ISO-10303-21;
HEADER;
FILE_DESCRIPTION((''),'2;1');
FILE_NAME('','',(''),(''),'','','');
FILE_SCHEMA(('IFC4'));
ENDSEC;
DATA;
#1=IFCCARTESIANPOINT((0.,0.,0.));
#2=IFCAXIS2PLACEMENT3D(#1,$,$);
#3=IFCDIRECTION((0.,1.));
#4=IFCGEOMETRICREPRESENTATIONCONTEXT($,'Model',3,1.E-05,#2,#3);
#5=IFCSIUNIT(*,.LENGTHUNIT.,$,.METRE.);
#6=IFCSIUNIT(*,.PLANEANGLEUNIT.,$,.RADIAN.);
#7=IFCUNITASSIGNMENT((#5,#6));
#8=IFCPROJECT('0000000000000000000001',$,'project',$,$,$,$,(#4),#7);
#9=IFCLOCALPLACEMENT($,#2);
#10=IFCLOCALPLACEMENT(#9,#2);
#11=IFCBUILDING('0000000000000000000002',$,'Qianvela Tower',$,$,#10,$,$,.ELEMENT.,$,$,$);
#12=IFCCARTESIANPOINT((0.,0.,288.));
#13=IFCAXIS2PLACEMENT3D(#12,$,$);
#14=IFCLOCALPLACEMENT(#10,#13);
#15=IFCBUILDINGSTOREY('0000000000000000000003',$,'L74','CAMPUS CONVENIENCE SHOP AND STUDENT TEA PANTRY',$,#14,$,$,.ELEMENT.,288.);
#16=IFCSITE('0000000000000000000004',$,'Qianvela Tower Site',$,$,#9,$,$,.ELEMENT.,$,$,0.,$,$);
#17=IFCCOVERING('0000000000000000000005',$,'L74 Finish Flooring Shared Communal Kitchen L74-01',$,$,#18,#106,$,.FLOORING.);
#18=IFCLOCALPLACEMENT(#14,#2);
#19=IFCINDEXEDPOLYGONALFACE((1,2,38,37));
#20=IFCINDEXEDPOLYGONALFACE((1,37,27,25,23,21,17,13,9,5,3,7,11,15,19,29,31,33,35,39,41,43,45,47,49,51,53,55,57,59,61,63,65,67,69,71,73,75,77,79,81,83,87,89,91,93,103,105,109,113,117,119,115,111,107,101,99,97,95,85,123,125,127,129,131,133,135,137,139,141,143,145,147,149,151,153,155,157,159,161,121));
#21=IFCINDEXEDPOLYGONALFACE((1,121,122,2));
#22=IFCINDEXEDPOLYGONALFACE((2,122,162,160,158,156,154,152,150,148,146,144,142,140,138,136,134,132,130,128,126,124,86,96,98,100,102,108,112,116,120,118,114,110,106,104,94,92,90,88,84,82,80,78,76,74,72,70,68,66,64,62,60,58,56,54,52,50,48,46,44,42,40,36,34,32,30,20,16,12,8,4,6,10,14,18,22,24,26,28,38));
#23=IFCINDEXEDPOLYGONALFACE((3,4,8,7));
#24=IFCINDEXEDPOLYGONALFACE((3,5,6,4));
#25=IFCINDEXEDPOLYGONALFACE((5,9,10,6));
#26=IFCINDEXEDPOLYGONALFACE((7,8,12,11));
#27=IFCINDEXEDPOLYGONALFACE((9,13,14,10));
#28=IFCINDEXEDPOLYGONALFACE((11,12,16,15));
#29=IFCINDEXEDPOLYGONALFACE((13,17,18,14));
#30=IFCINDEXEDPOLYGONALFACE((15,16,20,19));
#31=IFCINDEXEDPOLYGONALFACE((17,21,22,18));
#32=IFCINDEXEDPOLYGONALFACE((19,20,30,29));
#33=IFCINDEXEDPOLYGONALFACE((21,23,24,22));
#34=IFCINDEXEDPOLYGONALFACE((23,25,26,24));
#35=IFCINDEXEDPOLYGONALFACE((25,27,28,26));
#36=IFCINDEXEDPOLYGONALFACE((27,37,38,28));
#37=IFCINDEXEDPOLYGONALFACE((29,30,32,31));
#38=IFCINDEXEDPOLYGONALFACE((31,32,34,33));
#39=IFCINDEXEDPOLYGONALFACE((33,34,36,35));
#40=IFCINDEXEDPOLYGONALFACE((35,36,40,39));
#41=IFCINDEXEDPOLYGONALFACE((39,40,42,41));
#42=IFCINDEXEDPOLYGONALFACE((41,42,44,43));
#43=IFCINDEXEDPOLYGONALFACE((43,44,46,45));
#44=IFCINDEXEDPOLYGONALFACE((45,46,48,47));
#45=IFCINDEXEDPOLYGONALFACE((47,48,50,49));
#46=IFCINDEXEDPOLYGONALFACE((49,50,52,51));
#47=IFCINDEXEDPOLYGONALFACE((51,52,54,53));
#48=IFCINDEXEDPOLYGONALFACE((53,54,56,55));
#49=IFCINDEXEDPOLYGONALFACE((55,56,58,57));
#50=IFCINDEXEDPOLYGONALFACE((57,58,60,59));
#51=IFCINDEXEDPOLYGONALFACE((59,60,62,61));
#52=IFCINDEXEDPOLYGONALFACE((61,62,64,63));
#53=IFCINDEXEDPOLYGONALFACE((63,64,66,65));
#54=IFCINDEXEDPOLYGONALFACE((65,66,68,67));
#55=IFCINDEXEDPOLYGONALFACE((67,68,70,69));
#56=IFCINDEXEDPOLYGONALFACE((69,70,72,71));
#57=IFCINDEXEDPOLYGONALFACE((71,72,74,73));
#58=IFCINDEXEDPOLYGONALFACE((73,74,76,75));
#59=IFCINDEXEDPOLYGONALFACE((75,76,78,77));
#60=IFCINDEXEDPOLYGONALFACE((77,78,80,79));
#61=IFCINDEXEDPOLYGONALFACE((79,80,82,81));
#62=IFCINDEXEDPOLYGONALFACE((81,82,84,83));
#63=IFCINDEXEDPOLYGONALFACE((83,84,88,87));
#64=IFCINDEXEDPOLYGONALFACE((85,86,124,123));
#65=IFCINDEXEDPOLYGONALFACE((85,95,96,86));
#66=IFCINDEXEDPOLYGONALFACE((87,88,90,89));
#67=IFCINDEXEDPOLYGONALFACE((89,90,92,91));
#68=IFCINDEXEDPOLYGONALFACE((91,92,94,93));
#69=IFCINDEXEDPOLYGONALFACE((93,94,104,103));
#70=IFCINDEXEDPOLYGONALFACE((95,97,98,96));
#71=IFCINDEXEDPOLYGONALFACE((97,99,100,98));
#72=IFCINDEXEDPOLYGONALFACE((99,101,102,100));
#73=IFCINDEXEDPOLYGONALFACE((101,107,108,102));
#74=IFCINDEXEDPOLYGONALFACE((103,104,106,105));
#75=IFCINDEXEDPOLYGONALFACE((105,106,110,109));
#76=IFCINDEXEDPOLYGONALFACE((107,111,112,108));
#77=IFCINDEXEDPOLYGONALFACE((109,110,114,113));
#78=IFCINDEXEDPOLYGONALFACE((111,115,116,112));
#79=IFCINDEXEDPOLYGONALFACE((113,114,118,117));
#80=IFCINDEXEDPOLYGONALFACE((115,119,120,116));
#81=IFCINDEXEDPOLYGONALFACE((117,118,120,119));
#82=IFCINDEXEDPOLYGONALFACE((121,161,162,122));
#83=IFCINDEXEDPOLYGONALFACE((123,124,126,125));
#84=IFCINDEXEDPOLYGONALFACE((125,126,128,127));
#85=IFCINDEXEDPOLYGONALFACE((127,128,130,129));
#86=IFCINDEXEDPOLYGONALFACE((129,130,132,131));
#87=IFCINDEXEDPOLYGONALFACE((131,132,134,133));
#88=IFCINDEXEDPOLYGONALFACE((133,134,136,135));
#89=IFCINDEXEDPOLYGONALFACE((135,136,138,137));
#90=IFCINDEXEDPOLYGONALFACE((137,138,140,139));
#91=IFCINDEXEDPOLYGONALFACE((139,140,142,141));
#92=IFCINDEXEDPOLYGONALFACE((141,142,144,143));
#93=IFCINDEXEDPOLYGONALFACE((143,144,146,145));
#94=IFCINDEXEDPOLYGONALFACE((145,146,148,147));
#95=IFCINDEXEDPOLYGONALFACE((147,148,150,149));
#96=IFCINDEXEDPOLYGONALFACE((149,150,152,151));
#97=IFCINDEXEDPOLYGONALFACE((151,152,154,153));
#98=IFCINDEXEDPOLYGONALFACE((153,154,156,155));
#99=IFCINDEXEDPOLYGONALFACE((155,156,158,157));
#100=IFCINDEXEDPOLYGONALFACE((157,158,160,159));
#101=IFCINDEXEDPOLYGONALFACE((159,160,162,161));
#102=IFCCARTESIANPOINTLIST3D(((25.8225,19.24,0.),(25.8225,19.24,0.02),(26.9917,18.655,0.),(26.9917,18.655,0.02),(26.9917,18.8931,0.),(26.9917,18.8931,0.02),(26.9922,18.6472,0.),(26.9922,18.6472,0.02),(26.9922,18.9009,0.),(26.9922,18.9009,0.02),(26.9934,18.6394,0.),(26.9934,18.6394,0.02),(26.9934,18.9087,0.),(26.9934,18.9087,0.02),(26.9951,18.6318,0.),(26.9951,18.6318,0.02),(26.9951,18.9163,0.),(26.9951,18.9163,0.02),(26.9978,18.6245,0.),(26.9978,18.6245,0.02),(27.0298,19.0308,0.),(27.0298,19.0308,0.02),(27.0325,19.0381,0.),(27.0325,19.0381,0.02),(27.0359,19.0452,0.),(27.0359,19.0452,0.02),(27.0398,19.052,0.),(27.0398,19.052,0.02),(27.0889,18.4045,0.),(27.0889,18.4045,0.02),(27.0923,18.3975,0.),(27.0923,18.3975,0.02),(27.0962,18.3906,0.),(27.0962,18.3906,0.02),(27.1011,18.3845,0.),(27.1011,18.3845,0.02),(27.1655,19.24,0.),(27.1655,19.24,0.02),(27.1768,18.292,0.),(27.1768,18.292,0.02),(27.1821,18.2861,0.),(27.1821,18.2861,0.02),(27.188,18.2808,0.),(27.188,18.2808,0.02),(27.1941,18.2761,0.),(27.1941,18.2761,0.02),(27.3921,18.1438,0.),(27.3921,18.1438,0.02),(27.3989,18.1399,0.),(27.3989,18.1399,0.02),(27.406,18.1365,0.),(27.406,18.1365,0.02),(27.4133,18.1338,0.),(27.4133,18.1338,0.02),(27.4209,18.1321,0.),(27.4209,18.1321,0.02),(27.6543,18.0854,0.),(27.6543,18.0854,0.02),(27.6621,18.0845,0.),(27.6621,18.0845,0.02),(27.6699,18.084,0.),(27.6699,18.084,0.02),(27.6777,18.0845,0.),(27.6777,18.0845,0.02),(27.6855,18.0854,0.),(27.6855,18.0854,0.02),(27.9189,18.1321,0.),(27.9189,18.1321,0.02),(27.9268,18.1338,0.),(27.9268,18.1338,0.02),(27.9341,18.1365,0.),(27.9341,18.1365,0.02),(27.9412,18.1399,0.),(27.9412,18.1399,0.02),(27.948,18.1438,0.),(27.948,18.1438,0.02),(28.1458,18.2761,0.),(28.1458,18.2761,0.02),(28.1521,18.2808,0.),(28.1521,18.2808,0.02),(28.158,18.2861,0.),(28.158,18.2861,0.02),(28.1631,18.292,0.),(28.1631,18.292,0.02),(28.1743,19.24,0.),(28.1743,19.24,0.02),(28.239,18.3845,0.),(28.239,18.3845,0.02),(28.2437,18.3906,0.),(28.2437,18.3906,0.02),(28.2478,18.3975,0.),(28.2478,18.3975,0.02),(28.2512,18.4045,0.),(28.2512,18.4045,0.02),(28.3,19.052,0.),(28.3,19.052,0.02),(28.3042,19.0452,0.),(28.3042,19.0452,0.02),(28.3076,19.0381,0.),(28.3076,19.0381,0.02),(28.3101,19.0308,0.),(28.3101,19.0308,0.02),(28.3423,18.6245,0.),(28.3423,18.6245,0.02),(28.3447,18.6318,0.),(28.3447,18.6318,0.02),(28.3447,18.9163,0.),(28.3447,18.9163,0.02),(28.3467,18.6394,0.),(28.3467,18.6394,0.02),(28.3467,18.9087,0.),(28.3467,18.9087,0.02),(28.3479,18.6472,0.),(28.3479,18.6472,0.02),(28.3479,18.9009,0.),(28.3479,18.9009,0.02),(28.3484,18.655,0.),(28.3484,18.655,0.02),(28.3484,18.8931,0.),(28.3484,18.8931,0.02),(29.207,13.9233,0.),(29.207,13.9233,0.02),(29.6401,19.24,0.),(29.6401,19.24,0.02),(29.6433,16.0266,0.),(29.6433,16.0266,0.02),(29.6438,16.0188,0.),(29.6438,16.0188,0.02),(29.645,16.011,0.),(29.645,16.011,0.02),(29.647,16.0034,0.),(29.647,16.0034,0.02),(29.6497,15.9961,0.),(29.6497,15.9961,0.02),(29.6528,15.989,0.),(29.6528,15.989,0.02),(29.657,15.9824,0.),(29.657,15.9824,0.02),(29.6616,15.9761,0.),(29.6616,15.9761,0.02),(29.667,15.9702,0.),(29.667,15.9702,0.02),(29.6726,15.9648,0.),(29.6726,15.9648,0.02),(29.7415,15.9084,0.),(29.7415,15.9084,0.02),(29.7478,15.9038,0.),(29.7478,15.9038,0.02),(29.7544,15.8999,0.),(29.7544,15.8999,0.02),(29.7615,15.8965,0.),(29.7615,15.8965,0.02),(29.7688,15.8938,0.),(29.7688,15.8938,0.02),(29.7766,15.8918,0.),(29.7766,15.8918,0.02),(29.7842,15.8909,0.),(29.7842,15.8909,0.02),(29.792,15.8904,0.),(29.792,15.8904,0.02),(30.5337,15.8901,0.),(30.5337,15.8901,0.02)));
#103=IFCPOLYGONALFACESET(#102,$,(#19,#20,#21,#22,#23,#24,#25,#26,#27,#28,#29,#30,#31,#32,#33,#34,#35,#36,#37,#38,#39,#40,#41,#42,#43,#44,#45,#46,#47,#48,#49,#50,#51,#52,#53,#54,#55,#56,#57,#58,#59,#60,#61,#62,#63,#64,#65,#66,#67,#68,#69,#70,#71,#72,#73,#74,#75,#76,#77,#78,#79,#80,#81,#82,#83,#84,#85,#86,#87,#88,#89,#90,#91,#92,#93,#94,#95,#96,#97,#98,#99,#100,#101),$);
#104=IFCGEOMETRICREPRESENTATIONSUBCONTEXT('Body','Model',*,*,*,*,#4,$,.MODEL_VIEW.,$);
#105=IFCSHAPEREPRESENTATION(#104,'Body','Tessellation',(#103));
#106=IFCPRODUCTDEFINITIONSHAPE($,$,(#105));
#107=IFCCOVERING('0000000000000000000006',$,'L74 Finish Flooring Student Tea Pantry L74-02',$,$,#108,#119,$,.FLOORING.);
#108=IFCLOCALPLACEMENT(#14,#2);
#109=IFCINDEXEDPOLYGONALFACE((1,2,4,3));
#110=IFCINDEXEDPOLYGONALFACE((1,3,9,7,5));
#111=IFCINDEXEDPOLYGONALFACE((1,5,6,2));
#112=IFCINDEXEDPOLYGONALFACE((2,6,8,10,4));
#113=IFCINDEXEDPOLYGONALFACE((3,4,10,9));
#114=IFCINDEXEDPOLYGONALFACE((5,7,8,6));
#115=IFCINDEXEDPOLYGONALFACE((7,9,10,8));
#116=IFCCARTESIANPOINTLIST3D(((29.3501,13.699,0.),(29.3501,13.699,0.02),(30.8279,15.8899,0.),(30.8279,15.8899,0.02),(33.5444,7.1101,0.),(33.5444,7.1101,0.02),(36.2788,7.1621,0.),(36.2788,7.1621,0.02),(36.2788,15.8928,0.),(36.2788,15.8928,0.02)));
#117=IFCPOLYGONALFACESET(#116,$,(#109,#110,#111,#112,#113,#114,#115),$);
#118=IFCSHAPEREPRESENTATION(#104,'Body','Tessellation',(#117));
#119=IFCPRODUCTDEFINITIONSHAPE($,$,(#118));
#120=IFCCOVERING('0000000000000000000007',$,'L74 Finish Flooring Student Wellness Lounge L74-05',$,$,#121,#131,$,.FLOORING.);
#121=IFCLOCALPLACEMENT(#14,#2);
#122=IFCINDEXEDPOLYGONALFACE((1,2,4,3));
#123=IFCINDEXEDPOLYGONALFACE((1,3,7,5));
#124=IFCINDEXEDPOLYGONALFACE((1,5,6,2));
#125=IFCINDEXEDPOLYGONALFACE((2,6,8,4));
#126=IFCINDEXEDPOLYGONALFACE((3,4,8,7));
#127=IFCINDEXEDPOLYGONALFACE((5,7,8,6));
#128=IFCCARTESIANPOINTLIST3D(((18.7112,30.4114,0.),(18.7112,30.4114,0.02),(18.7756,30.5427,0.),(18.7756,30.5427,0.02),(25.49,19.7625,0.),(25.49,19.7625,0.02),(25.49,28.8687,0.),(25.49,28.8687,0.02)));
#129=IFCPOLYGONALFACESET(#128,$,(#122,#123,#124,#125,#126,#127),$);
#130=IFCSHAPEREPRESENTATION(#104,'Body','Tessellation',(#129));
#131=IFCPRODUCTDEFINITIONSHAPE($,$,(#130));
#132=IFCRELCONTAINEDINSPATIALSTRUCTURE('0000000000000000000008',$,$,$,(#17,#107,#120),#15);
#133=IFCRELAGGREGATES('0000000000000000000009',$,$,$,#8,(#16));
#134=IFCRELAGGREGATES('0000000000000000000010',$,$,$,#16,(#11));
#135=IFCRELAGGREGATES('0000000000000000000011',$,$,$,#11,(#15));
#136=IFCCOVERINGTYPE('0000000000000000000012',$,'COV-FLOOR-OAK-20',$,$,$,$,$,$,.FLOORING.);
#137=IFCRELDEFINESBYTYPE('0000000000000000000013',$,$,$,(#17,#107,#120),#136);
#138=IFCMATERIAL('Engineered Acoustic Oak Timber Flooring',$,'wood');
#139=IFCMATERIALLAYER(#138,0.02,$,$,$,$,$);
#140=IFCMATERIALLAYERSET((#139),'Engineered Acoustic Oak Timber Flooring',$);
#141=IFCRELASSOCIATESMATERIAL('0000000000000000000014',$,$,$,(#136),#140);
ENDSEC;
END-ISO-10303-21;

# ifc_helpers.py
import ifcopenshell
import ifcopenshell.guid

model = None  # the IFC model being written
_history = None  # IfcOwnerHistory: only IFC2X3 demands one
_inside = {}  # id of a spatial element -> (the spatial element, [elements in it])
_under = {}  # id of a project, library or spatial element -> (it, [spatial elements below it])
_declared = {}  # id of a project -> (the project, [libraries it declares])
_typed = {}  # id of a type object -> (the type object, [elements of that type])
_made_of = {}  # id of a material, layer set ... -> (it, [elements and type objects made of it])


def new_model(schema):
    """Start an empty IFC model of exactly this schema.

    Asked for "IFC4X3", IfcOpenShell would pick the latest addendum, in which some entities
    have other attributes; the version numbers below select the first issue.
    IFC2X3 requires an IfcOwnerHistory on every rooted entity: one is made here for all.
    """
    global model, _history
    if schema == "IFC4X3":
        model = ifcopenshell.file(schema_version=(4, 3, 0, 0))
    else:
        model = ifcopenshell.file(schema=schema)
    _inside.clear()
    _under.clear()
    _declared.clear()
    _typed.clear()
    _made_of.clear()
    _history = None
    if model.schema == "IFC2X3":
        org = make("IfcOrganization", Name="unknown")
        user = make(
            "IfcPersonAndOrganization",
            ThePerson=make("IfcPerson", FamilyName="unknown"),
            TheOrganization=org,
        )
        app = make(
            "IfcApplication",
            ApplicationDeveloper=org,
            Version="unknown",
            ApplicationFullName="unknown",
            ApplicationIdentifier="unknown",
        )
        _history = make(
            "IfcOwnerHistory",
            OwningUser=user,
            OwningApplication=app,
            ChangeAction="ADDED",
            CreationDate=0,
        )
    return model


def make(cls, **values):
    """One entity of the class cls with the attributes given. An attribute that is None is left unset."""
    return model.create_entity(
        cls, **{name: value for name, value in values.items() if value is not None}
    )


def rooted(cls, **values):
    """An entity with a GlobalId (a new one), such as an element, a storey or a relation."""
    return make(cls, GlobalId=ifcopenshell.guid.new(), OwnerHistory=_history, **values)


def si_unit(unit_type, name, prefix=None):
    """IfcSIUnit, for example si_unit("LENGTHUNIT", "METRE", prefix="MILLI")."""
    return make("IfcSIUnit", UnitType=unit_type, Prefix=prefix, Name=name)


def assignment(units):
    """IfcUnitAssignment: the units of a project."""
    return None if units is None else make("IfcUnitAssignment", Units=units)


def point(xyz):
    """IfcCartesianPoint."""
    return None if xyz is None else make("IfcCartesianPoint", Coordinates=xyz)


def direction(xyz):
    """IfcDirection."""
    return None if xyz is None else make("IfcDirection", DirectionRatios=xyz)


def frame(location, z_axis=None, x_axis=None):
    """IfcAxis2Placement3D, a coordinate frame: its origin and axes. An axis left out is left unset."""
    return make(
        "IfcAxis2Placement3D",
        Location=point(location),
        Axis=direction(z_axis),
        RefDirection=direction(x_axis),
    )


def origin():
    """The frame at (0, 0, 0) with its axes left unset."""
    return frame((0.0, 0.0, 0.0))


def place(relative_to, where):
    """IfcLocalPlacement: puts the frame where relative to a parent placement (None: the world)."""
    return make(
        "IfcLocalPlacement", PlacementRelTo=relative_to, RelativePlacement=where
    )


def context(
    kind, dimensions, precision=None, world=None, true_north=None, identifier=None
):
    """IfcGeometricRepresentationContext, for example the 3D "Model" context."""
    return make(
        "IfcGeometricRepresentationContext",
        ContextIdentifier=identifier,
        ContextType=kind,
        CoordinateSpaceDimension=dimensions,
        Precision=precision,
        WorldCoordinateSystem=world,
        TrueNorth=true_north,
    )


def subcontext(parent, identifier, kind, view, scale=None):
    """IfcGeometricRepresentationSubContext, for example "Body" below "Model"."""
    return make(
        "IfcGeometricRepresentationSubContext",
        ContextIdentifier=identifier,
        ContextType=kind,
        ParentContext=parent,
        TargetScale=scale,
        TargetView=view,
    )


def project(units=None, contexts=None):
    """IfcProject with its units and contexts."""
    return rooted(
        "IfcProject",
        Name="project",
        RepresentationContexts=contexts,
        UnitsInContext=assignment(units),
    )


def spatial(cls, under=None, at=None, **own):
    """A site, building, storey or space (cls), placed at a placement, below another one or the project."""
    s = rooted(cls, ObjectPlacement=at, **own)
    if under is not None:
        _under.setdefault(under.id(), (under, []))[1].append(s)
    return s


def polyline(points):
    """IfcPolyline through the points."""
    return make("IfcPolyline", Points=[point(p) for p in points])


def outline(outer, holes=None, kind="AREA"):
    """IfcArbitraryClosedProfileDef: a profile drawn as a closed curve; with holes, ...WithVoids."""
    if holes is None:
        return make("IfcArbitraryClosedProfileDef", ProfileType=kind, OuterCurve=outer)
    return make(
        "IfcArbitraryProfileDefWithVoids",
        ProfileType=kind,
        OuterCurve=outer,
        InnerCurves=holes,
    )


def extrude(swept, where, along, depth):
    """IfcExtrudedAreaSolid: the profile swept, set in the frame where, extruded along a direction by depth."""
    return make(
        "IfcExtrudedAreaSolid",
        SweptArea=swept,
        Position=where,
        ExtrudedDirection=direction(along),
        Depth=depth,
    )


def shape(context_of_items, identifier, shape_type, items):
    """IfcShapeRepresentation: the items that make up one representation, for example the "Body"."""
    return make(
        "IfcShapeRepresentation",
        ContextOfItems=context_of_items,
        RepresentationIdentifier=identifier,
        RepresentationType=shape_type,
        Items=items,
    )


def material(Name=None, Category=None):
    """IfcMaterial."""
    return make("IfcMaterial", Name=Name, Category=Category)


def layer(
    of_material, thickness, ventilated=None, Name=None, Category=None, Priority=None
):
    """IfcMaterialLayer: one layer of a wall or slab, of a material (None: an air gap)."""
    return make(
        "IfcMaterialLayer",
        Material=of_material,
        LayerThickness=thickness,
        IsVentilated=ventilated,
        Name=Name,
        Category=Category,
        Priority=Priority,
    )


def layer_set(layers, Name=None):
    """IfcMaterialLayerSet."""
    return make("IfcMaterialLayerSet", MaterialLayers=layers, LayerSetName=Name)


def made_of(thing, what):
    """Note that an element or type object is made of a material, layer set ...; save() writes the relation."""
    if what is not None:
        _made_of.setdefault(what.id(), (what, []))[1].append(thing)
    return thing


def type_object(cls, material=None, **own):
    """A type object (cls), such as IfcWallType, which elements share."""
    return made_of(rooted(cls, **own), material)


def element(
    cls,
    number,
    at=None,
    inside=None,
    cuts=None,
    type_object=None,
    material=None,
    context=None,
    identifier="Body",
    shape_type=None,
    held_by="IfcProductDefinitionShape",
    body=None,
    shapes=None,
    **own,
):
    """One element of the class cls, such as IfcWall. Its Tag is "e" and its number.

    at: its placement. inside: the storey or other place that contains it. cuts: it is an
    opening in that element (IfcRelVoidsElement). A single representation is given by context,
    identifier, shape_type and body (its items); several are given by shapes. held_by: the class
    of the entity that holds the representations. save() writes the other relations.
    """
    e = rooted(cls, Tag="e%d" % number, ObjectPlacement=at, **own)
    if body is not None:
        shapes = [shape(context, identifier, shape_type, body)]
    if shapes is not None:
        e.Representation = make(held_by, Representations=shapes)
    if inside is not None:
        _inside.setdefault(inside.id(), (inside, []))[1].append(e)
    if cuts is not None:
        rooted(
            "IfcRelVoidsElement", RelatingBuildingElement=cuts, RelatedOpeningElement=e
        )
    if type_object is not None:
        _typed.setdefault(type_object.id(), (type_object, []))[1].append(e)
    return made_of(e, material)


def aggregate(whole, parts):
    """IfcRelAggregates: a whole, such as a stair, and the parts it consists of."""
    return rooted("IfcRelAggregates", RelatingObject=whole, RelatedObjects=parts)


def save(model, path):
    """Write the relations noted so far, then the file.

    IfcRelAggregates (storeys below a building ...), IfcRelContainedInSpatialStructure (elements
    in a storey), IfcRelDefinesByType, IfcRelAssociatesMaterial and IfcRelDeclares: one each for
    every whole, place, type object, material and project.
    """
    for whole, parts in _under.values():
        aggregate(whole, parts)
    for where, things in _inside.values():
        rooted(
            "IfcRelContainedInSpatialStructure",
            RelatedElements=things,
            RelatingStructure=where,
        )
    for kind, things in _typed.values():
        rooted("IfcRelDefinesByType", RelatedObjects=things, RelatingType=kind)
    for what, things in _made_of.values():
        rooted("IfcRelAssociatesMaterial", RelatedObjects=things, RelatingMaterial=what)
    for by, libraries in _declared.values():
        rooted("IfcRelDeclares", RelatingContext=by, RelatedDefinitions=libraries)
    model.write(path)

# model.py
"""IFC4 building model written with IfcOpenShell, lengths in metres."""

from ifc_helpers import new_model, si_unit, direction, frame, origin, place, context, subcontext, project, spatial, polyline, outline, extrude, material, layer, layer_set, type_object, element, save


model = new_model("IFC4")

# Units and contexts
model_context = context("Model", 3, precision=1e-05, world=origin(), true_north=direction((0.0, 1.0)))
body_context = subcontext(model_context, "Body", "Model", "MODEL_VIEW")
ifc_project = project(units=[si_unit("LENGTHUNIT", "METRE"), si_unit("PLANEANGLEUNIT", "RADIAN")], contexts=[model_context])

# Site, building, storey
site_placement = place(None, origin())
site = spatial("IfcSite", under=ifc_project, at=site_placement, Name="Qianvela Tower Site", CompositionType="ELEMENT", RefElevation=0.0)
building_placement = place(site_placement, origin())
building = spatial("IfcBuilding", under=site, at=building_placement, Name="Qianvela Tower", CompositionType="ELEMENT")
storey_placement = place(building_placement, frame((0.0, 0.0, 288.0)))
storey = spatial("IfcBuildingStorey", under=building, at=storey_placement, Name="L74", Description="CAMPUS CONVENIENCE SHOP AND STUDENT TEA PANTRY", CompositionType="ELEMENT", Elevation=288.0)

# Coverings
ifc_material_1 = material(Name="Engineered Acoustic Oak Timber Flooring", Category="wood")
ifc_layer_1 = layer(ifc_material_1, 0.02)
ifc_layer_set_1 = layer_set([ifc_layer_1], Name="Engineered Acoustic Oak Timber Flooring")
covering_type_1 = type_object("IfcCoveringType", Name="COV-FLOOR-OAK-20", PredefinedType="FLOORING", material=ifc_layer_set_1)
covering_1_placement = place(storey_placement, origin())
element("IfcCovering", 1, at=covering_1_placement, inside=storey, type_object=covering_type_1, Name="L74 Finish Flooring Shared Communal Kitchen L74-01", PredefinedType="FLOORING", context=body_context, shape_type="SweptSolid", body=[
    extrude(outline(polyline([(27.1655, 19.24), (27.0398, 19.052), (27.0359, 19.0452), (27.0325, 19.0381), (27.0298, 19.0308), (26.9951, 18.9163), (26.9934, 18.9087), (26.9922, 18.9009), (26.9917, 18.8931), (26.9917, 18.655), (26.9922, 18.6472), (26.9934, 18.6394), (26.9951, 18.6318), (26.9978, 18.6245), (27.0889, 18.4045), (27.0923, 18.3975), (27.0962, 18.3906), (27.1011, 18.3845), (27.1768, 18.292), (27.1821, 18.2861), (27.188, 18.2808), (27.1941, 18.2761), (27.3921, 18.1438), (27.3989, 18.1399), (27.406, 18.1365), (27.4133, 18.1338), (27.4209, 18.1321), (27.6543, 18.0854), (27.6621, 18.0845), (27.6699, 18.084), (27.6777, 18.0845), (27.6855, 18.0854), (27.9189, 18.1321), (27.9268, 18.1338), (27.9341, 18.1365), (27.9412, 18.1399), (27.948, 18.1438), (28.1458, 18.2761), (28.1521, 18.2808), (28.158, 18.2861), (28.1631, 18.292), (28.239, 18.3845), (28.2437, 18.3906), (28.2478, 18.3975), (28.2512, 18.4045), (28.3423, 18.6245), (28.3447, 18.6318), (28.3467, 18.6394), (28.3479, 18.6472), (28.3484, 18.655), (28.3484, 18.8931), (28.3479, 18.9009), (28.3467, 18.9087), (28.3447, 18.9163), (28.3101, 19.0308), (28.3076, 19.0381), (28.3042, 19.0452), (28.3, 19.052), (28.1743, 19.24), (29.6401, 19.24), (29.6433, 16.0266), (29.6438, 16.0188), (29.645, 16.011), (29.647, 16.0034), (29.6497, 15.9961), (29.6528, 15.989), (29.657, 15.9824), (29.6616, 15.9761), (29.667, 15.9702), (29.6726, 15.9648), (29.7415, 15.9084), (29.7478, 15.9038), (29.7544, 15.8999), (29.7615, 15.8965), (29.7688, 15.8938), (29.7766, 15.8918), (29.7842, 15.8909), (29.792, 15.8904), (30.5337, 15.8901), (29.207, 13.9233), (25.8225, 19.24), (27.1655, 19.24)])), origin(), (0.0, 0.0, 1.0), 0.02),
])
covering_2_placement = place(storey_placement, origin())
element("IfcCovering", 2, at=covering_2_placement, inside=storey, type_object=covering_type_1, Name="L74 Finish Flooring Student Tea Pantry L74-02", PredefinedType="FLOORING", context=body_context, shape_type="SweptSolid", body=[
    extrude(outline(polyline([(30.8279, 15.8899), (36.2788, 15.8928), (36.2788, 7.1621), (33.5444, 7.1101), (29.3501, 13.699), (30.8279, 15.8899)])), origin(), (0.0, 0.0, 1.0), 0.02),
])
covering_3_placement = place(storey_placement, origin())
element("IfcCovering", 3, at=covering_3_placement, inside=storey, type_object=covering_type_1, Name="L74 Finish Flooring Student Wellness Lounge L74-05", PredefinedType="FLOORING", context=body_context, shape_type="SweptSolid", body=[
    extrude(outline(polyline([(25.49, 28.8687), (25.49, 19.7625), (18.7112, 30.4114), (18.7756, 30.5427), (25.49, 28.8687)])), origin(), (0.0, 0.0, 1.0), 0.02),
])

save(model, "model.ifc")
